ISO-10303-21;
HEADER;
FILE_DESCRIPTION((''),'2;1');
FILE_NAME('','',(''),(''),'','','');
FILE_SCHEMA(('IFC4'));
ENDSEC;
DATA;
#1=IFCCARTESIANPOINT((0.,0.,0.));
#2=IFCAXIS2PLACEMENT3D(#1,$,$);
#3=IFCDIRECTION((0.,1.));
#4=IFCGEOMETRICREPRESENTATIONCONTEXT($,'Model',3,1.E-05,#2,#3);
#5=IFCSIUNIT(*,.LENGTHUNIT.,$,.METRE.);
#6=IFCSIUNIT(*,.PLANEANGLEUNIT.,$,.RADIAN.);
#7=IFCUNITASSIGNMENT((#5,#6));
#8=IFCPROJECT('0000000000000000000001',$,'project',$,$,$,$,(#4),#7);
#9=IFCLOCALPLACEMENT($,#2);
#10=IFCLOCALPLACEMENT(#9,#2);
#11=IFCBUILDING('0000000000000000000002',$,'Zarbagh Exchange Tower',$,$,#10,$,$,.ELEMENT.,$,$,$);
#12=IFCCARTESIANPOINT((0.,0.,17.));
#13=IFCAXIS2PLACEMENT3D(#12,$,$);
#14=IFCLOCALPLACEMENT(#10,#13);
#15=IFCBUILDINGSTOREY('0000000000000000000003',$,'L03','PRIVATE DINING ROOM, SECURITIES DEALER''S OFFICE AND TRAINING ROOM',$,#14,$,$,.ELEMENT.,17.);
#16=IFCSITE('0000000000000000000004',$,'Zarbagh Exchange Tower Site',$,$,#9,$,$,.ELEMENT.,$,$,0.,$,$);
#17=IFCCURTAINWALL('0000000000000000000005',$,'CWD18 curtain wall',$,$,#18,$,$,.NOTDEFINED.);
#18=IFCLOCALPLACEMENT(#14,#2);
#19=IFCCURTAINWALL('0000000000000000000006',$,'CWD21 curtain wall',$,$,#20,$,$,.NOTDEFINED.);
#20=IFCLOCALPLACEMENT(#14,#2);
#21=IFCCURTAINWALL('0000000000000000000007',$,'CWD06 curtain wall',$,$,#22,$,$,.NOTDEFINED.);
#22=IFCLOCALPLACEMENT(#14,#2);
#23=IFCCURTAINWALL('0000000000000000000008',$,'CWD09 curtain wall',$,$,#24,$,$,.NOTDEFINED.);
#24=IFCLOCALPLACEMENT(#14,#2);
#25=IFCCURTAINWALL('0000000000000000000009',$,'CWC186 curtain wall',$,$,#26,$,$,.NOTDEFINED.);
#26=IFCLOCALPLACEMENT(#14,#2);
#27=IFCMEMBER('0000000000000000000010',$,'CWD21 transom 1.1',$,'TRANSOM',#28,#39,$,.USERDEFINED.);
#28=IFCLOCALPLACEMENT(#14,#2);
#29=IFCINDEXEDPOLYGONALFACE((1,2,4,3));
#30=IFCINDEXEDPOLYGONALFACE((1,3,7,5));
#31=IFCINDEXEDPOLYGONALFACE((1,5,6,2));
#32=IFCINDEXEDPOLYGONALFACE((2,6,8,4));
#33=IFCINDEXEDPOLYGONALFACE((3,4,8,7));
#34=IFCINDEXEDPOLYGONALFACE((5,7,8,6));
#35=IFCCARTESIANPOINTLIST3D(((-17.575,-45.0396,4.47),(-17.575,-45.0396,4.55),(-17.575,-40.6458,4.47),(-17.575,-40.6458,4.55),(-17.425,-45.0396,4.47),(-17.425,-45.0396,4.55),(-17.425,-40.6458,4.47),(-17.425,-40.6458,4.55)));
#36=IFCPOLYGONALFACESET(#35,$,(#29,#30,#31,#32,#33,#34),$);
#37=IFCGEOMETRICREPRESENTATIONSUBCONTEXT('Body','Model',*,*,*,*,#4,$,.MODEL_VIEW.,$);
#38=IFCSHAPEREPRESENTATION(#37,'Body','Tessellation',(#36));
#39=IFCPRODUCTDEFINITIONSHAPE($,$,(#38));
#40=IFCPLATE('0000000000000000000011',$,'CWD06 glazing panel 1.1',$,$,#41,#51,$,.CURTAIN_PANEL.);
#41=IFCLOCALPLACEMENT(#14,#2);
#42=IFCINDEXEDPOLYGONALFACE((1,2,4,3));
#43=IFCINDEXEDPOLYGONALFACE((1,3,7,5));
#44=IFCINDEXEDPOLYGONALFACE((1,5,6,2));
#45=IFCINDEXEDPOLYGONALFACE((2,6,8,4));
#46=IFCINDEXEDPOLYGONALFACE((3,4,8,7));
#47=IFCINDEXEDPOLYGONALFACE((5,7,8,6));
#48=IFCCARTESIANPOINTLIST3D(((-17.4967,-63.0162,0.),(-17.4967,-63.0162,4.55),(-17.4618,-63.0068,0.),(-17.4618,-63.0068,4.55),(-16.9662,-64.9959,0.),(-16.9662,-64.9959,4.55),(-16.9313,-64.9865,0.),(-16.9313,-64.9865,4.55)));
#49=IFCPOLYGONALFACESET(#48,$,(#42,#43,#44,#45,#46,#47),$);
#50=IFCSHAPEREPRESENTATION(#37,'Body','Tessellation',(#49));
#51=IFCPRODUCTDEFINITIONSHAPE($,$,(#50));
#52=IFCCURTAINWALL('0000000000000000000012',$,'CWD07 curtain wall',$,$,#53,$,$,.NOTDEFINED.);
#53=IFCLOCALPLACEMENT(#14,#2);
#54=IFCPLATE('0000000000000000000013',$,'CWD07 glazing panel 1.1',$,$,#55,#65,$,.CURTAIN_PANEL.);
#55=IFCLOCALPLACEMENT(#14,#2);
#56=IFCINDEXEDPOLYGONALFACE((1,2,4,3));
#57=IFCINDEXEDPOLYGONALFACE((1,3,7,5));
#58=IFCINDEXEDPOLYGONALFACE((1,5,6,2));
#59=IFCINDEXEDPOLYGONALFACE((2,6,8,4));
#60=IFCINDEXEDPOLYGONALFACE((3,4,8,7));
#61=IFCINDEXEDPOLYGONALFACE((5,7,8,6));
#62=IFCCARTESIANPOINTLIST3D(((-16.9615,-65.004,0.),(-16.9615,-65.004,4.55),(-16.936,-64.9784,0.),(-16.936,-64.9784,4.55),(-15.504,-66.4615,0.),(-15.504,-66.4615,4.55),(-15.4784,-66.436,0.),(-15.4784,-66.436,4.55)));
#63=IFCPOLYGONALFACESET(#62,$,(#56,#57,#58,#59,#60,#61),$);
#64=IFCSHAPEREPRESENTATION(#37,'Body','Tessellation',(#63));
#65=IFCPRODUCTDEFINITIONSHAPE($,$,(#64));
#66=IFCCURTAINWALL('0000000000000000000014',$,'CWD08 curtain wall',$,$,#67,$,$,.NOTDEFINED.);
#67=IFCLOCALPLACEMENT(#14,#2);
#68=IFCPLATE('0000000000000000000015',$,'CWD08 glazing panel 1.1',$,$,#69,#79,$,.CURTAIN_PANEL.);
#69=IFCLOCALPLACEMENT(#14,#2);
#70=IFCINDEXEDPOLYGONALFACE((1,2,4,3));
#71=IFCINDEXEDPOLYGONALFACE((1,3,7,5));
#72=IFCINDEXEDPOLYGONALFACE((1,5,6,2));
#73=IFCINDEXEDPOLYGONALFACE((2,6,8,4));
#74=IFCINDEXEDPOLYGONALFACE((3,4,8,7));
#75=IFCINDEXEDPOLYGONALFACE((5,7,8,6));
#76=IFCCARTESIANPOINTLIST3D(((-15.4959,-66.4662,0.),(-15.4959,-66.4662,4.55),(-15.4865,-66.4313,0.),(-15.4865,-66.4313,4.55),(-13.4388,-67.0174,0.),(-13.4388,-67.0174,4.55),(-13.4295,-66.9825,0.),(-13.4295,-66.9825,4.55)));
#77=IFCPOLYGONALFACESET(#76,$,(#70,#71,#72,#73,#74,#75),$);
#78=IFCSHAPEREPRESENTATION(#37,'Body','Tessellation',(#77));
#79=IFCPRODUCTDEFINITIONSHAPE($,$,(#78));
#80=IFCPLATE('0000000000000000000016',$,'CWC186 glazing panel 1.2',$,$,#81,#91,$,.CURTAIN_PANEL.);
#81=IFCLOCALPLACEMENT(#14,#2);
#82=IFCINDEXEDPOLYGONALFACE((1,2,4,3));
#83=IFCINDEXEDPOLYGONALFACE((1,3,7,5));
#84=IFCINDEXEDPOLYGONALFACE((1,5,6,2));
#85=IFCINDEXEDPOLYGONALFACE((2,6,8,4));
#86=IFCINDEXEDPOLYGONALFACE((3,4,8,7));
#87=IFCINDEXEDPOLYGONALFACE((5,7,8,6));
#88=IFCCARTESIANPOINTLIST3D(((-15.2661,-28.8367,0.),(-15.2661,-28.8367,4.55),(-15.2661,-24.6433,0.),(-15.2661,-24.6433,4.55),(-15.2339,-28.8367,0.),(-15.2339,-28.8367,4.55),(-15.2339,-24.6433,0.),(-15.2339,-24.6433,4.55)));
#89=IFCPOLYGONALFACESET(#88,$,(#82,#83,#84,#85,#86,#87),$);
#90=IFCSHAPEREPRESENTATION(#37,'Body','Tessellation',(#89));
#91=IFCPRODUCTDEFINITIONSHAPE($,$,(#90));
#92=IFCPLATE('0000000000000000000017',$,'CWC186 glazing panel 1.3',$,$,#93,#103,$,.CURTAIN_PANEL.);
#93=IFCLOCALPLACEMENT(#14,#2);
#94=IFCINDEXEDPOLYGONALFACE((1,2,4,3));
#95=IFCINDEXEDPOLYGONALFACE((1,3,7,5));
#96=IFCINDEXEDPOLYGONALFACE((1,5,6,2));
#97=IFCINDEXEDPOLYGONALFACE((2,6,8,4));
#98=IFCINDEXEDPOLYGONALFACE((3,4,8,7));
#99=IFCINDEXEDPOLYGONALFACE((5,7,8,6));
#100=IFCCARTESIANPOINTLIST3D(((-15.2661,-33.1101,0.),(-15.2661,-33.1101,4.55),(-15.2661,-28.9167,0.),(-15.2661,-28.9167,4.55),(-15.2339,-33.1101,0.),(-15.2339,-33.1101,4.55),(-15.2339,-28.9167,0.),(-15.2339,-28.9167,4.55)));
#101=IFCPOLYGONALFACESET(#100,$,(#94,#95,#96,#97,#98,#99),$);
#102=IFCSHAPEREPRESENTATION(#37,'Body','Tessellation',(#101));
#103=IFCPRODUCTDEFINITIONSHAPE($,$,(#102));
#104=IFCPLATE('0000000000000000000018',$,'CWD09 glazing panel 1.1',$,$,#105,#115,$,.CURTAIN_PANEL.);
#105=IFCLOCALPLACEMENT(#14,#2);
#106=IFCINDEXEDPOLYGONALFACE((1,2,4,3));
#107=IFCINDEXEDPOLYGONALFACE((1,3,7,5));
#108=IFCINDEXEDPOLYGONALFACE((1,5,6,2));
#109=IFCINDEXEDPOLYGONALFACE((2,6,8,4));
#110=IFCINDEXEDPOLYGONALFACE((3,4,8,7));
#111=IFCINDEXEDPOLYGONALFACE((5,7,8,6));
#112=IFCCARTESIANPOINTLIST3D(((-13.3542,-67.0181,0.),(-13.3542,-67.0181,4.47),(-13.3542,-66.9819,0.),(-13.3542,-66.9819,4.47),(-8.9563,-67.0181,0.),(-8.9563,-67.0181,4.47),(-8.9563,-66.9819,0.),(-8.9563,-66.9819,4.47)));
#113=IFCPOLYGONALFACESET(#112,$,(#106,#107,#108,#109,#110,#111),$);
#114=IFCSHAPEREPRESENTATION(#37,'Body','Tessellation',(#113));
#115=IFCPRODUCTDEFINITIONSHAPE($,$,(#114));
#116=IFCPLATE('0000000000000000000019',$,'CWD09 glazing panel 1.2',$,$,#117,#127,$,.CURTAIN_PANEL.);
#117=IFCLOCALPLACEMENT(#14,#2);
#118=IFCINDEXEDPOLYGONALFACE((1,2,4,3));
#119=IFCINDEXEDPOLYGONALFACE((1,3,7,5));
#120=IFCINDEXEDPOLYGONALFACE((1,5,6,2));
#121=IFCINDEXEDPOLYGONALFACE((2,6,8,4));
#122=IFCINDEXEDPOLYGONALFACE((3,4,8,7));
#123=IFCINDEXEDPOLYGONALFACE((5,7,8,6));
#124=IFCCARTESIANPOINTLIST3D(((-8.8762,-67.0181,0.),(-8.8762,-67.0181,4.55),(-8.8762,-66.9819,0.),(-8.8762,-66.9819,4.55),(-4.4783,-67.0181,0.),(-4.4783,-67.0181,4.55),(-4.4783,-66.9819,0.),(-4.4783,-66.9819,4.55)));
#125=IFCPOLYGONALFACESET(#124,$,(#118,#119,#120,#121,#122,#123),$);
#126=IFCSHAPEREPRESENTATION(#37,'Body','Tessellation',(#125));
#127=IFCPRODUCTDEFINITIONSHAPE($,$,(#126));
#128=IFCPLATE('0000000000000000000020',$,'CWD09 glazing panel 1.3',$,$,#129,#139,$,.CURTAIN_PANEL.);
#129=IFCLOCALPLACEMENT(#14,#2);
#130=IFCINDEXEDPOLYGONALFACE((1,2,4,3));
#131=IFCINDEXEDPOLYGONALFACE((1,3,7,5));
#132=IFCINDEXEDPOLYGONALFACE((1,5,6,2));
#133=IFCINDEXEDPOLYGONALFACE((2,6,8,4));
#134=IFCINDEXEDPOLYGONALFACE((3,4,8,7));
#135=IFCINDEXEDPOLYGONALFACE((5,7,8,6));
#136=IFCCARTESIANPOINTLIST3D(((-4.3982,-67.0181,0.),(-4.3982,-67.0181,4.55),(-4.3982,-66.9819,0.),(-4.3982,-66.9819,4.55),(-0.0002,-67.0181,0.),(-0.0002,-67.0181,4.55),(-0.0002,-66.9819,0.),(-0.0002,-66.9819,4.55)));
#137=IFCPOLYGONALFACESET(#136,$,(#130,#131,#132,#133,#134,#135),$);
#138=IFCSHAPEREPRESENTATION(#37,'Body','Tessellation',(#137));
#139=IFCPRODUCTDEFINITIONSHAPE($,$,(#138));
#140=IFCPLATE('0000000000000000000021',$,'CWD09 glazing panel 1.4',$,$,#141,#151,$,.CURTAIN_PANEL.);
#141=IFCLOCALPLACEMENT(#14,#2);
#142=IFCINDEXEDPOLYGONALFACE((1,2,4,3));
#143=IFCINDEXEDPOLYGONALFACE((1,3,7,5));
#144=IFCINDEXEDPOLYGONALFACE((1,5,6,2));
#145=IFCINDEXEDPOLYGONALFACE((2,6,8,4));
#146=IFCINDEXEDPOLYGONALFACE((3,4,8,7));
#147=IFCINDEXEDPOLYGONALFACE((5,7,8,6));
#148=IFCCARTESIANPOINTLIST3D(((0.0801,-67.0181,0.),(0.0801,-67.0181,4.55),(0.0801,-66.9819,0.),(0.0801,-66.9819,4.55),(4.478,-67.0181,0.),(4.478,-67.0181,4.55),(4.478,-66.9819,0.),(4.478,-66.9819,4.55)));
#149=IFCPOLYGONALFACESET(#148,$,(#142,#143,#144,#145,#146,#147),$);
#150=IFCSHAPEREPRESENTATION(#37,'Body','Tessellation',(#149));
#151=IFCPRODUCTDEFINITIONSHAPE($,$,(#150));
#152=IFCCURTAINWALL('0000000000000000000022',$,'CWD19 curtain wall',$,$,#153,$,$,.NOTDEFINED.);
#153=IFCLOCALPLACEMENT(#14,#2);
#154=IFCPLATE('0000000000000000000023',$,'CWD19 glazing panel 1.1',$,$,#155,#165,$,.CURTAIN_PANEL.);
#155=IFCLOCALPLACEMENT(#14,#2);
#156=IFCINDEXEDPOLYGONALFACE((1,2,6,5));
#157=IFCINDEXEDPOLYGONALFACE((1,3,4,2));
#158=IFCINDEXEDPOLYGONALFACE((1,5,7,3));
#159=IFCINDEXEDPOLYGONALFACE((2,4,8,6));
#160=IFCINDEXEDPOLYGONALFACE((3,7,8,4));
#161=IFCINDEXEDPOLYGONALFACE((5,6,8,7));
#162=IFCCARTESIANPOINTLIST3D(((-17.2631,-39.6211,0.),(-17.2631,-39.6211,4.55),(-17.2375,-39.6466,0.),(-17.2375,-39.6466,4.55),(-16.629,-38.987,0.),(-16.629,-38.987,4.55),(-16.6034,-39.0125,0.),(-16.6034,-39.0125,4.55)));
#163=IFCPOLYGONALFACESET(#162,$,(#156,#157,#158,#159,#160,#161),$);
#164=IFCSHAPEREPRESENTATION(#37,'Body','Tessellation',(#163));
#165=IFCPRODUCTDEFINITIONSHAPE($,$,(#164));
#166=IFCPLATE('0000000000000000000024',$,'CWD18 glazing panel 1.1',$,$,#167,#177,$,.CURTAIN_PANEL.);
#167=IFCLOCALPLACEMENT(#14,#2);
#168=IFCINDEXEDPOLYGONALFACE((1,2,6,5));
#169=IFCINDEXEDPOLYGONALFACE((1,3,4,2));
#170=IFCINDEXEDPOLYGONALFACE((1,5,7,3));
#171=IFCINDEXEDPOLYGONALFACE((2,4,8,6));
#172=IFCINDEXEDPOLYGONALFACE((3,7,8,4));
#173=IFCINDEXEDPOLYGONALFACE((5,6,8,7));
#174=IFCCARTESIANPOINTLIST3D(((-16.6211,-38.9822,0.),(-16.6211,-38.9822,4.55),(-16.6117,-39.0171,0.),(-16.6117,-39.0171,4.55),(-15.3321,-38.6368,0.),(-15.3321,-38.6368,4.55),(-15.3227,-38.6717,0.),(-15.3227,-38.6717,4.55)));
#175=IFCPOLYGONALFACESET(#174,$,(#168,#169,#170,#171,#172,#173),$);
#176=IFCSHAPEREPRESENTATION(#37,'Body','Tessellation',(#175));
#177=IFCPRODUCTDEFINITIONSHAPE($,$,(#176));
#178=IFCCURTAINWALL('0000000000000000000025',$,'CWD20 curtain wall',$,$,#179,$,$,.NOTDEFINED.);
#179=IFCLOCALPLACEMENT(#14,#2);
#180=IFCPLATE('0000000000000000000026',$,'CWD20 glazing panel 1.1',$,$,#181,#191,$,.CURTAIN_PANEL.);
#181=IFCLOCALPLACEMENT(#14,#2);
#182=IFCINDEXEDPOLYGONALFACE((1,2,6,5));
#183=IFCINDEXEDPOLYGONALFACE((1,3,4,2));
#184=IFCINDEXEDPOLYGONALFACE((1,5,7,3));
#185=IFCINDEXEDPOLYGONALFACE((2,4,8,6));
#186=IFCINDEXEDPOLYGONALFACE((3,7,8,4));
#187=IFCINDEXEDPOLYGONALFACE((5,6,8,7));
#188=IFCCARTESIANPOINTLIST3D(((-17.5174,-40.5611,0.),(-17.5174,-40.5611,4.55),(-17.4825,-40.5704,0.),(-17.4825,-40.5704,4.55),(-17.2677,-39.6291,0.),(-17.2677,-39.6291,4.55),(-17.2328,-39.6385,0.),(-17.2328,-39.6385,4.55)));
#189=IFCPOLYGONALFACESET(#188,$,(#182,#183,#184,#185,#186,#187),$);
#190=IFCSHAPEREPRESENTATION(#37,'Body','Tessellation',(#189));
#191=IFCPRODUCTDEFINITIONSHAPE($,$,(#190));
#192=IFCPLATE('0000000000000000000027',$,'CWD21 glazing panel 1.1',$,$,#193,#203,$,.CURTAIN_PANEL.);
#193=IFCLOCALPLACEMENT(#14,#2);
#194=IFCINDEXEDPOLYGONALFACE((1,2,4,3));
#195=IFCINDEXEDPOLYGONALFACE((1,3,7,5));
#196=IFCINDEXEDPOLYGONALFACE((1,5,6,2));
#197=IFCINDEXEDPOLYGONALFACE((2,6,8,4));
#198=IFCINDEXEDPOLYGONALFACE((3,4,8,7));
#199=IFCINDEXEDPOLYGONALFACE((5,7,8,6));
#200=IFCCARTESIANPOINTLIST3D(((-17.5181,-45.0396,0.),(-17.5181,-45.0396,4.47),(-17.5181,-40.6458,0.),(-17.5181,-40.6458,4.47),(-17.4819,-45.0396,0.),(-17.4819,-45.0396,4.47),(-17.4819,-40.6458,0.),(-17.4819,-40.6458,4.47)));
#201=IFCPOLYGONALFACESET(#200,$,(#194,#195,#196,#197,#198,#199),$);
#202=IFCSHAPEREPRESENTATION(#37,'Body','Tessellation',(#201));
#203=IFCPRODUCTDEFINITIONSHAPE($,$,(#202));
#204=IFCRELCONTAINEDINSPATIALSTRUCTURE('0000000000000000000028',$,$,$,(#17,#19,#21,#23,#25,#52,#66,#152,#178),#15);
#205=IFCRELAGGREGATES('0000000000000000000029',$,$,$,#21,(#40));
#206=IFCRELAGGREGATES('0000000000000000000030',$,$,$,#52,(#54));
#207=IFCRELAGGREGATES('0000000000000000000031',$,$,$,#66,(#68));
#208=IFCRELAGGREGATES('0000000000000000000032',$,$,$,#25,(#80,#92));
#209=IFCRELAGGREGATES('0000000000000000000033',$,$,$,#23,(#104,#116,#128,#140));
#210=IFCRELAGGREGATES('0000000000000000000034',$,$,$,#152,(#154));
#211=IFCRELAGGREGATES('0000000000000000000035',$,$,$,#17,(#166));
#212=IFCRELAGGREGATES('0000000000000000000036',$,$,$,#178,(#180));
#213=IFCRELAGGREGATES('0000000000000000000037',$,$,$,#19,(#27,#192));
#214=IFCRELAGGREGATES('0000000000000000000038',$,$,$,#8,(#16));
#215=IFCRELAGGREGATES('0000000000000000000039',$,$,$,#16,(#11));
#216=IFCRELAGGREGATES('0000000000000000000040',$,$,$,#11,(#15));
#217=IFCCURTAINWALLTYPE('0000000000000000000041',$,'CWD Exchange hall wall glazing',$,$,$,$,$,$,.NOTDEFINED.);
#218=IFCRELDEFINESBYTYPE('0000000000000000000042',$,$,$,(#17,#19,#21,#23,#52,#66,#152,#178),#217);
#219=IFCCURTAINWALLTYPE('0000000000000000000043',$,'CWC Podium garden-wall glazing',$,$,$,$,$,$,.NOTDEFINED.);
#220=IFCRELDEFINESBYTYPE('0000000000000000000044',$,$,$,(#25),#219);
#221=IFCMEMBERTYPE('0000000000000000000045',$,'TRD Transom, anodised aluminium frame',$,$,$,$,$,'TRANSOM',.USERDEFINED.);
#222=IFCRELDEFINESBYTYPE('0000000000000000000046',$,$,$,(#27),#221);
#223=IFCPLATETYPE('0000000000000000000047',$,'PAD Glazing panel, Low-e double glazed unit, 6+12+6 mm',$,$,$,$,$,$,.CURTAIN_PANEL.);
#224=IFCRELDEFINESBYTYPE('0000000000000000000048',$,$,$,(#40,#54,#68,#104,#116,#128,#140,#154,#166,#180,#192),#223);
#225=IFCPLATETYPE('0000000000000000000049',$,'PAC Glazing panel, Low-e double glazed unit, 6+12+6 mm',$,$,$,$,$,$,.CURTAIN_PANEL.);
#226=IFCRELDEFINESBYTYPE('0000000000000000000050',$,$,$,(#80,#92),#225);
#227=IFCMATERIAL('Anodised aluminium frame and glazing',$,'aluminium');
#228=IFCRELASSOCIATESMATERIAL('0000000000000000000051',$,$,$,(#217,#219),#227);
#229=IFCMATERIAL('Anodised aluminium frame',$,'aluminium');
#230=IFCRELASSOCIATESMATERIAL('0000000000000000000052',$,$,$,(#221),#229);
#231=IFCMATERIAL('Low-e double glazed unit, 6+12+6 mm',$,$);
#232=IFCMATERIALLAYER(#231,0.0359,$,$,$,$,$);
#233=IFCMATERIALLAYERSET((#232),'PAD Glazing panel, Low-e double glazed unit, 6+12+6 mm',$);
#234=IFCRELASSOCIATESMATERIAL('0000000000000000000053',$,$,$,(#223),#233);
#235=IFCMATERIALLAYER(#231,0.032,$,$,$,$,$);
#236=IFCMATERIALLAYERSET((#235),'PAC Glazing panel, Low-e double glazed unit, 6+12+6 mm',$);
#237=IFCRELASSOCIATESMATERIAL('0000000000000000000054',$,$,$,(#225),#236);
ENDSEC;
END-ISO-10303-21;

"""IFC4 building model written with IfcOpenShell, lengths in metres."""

from ifc_helpers import new_model, si_unit, direction, frame, origin, place, context, subcontext, project, spatial, polyline, outline, extrude, source, transform, mapped, material, layer, layer_set, type_object, element, aggregate, save


model = new_model("IFC4")

# Units and contexts
model_context = context("Model", 3, precision=1e-05, world=origin(), true_north=direction((0.0, 1.0)))
body_context = subcontext(model_context, "Body", "Model", "MODEL_VIEW")
ifc_project = project(units=[si_unit("LENGTHUNIT", "METRE"), si_unit("PLANEANGLEUNIT", "RADIAN")], contexts=[model_context])

# Site, building, storey
site_placement = place(None, origin())
site = spatial("IfcSite", under=ifc_project, at=site_placement, Name="Zarbagh Exchange Tower Site", CompositionType="ELEMENT", RefElevation=0.0)
building_placement = place(site_placement, origin())
building = spatial("IfcBuilding", under=site, at=building_placement, Name="Zarbagh Exchange Tower", CompositionType="ELEMENT")
storey_placement = place(building_placement, frame((0.0, 0.0, 17.0)))
storey = spatial("IfcBuildingStorey", under=building, at=storey_placement, Name="L03", Description="PRIVATE DINING ROOM, SECURITIES DEALER'S OFFICE AND TRAINING ROOM", CompositionType="ELEMENT", Elevation=17.0)

# Curtain wall
ifc_material_1 = material(Name="Anodised aluminium frame and glazing", Category="aluminium")
curtain_wall_type_1 = type_object("IfcCurtainWallType", Name="CWD Exchange hall wall glazing", PredefinedType="NOTDEFINED", material=ifc_material_1)
curtain_wall_1_placement = place(storey_placement, origin())
curtain_wall_1 = element("IfcCurtainWall", 1, at=curtain_wall_1_placement, inside=storey, type_object=curtain_wall_type_1, Name="CWD18 curtain wall", PredefinedType="NOTDEFINED")
ifc_material_2 = material(Name="Anodised aluminium frame", Category="aluminium")
placement = place(storey_placement, origin())

# Curtain wall
curtain_wall_2_placement = place(storey_placement, origin())
curtain_wall_2 = element("IfcCurtainWall", 2, at=curtain_wall_2_placement, inside=storey, type_object=curtain_wall_type_1, Name="CWD21 curtain wall", PredefinedType="NOTDEFINED")

# Curtain wall
curtain_wall_3_placement = place(storey_placement, origin())
curtain_wall_3 = element("IfcCurtainWall", 3, at=curtain_wall_3_placement, inside=storey, type_object=curtain_wall_type_1, Name="CWD06 curtain wall", PredefinedType="NOTDEFINED")

# Curtain walls
curtain_wall_4_placement = place(storey_placement, origin())
curtain_wall_4 = element("IfcCurtainWall", 4, at=curtain_wall_4_placement, inside=storey, type_object=curtain_wall_type_1, Name="CWD09 curtain wall", PredefinedType="NOTDEFINED")
curtain_wall_type_2 = type_object("IfcCurtainWallType", Name="CWC Podium garden-wall glazing", PredefinedType="NOTDEFINED", material=ifc_material_1)
curtain_wall_5_placement = place(storey_placement, origin())
curtain_wall_5 = element("IfcCurtainWall", 5, at=curtain_wall_5_placement, inside=storey, type_object=curtain_wall_type_2, Name="CWC186 curtain wall", PredefinedType="NOTDEFINED")

# Member
member_type_1 = type_object("IfcMemberType", Name="TRD Transom, anodised aluminium frame", ElementType="TRANSOM", PredefinedType="USERDEFINED", material=ifc_material_2)
shared_shape_1 = source(origin(), body_context, "Body", "SweptSolid", [
    extrude(outline(polyline([(-0.0801, -0.075), (0.0, -0.075), (0.0, 0.075), (-0.0801, 0.075), (-0.0801, -0.075)])), origin(), (0.0, 0.0, 1.0), 4.3938),
])
member_1 = element("IfcMember", 6, at=placement, type_object=member_type_1, Name="CWD21 transom 1.1", ObjectType="TRANSOM", PredefinedType="USERDEFINED", context=body_context, shape_type="MappedRepresentation", body=[
    mapped(shared_shape_1, transform((-17.5, -40.6458, 4.55), x_axis=(0.0, 0.0, 1.0), y_axis=(-1.0, 0.0, 0.0), z_axis=(0.0, -1.0, 0.0))),
])

# Plate
ifc_material_3 = material(Name="Low-e double glazed unit, 6+12+6 mm")
ifc_layer_1 = layer(ifc_material_3, 0.0359)
ifc_layer_set_1 = layer_set([ifc_layer_1], Name="PAD Glazing panel, Low-e double glazed unit, 6+12+6 mm")
plate_type_1 = type_object("IfcPlateType", Name="PAD Glazing panel, Low-e double glazed unit, 6+12+6 mm", PredefinedType="CURTAIN_PANEL", material=ifc_layer_set_1)
shared_shape_2 = source(origin(), body_context, "Body", "SweptSolid", [
    extrude(outline(polyline([(0.0, -0.0181), (2.0496, -0.0181), (2.0496, 0.0181), (0.0, 0.0181), (0.0, -0.0181)])), origin(), (0.0, 0.0, 1.0), 4.55),
])
plate_1 = element("IfcPlate", 7, at=placement, type_object=plate_type_1, Name="CWD06 glazing panel 1.1", PredefinedType="CURTAIN_PANEL", context=body_context, shape_type="MappedRepresentation", body=[
    mapped(shared_shape_2, transform((-17.4792, -63.0115, 0.0), x_axis=(0.258825, -0.965924, 0.0), y_axis=(0.965924, 0.258825, 0.0), z_axis=(0.0, 0.0, 1.0))),
])
aggregate(curtain_wall_3, [plate_1])

# Curtain walls, plates
curtain_wall_6_placement = place(storey_placement, origin())
curtain_wall_6 = element("IfcCurtainWall", 8, at=curtain_wall_6_placement, inside=storey, type_object=curtain_wall_type_1, Name="CWD07 curtain wall", PredefinedType="NOTDEFINED")
shared_shape_3 = source(origin(), body_context, "Body", "SweptSolid", [
    extrude(outline(polyline([(0.0, -0.0181), (2.0613, -0.0181), (2.0613, 0.0181), (0.0, 0.0181), (0.0, -0.0181)])), origin(), (0.0, 0.0, 1.0), 4.55),
])
plate_2 = element("IfcPlate", 9, at=placement, type_object=plate_type_1, Name="CWD07 glazing panel 1.1", PredefinedType="CURTAIN_PANEL", context=body_context, shape_type="MappedRepresentation", body=[
    mapped(shared_shape_3, transform((-16.9487, -64.9912, 0.0), x_axis=(0.707107, -0.707107, 0.0), y_axis=(0.707107, 0.707107, 0.0), z_axis=(0.0, 0.0, 1.0))),
])
aggregate(curtain_wall_6, [plate_2])
curtain_wall_7_placement = place(storey_placement, origin())
curtain_wall_7 = element("IfcCurtainWall", 10, at=curtain_wall_7_placement, inside=storey, type_object=curtain_wall_type_1, Name="CWD08 curtain wall", PredefinedType="NOTDEFINED")
shared_shape_4 = source(origin(), body_context, "Body", "SweptSolid", [
    extrude(outline(polyline([(0.0, -0.0181), (2.1296, -0.0181), (2.1296, 0.0181), (0.0, 0.0181), (0.0, -0.0181)])), origin(), (0.0, 0.0, 1.0), 4.55),
])
plate_3 = element("IfcPlate", 11, at=placement, type_object=plate_type_1, Name="CWD08 glazing panel 1.1", PredefinedType="CURTAIN_PANEL", context=body_context, shape_type="MappedRepresentation", body=[
    mapped(shared_shape_4, transform((-15.4912, -66.4487, 0.0), x_axis=(0.965924, -0.258825, 0.0), y_axis=(0.258825, 0.965924, 0.0), z_axis=(0.0, 0.0, 1.0))),
])
aggregate(curtain_wall_7, [plate_3])

# Plates
ifc_layer_2 = layer(ifc_material_3, 0.032)
ifc_layer_set_2 = layer_set([ifc_layer_2], Name="PAC Glazing panel, Low-e double glazed unit, 6+12+6 mm")
plate_type_2 = type_object("IfcPlateType", Name="PAC Glazing panel, Low-e double glazed unit, 6+12+6 mm", PredefinedType="CURTAIN_PANEL", material=ifc_layer_set_2)
shared_shape_5 = source(origin(), body_context, "Body", "SweptSolid", [
    extrude(outline(polyline([(0.0, -0.0161), (4.1934, -0.0161), (4.1934, 0.0161), (0.0, 0.0161), (0.0, -0.0161)])), origin(), (0.0, 0.0, 1.0), 4.55),
])
plate_4 = element("IfcPlate", 12, at=placement, type_object=plate_type_2, Name="CWC186 glazing panel 1.2", PredefinedType="CURTAIN_PANEL", context=body_context, shape_type="MappedRepresentation", body=[
    mapped(shared_shape_5, transform((-15.25, -24.6433, 0.0), x_axis=(0.0, -1.0, 0.0), y_axis=(1.0, 0.0, 0.0), z_axis=(0.0, 0.0, 1.0))),
])
plate_5 = element("IfcPlate", 13, at=placement, type_object=plate_type_2, Name="CWC186 glazing panel 1.3", PredefinedType="CURTAIN_PANEL", context=body_context, shape_type="MappedRepresentation", body=[
    mapped(shared_shape_5, transform((-15.25, -28.9167, 0.0), x_axis=(0.0, -1.0, 0.0), y_axis=(1.0, 0.0, 0.0), z_axis=(0.0, 0.0, 1.0))),
])
aggregate(curtain_wall_5, [plate_4, plate_5])
shared_shape_6 = source(origin(), body_context, "Body", "SweptSolid", [
    extrude(outline(polyline([(0.0, -0.0181), (4.3979, -0.0181), (4.3979, 0.0181), (0.0, 0.0181), (0.0, -0.0181)])), origin(), (0.0, 0.0, 1.0), 4.47),
])
plate_6 = element("IfcPlate", 14, at=placement, type_object=plate_type_1, Name="CWD09 glazing panel 1.1", PredefinedType="CURTAIN_PANEL", context=body_context, shape_type="MappedRepresentation", body=[
    mapped(shared_shape_6, transform((-13.3542, -67.0, 0.0), x_axis=(1.0, 0.0, 0.0), y_axis=(0.0, 1.0, 0.0), z_axis=(0.0, 0.0, 1.0))),
])
shared_shape_7 = source(origin(), body_context, "Body", "SweptSolid", [
    extrude(outline(polyline([(0.0, -0.0181), (4.3979, -0.0181), (4.3979, 0.0181), (0.0, 0.0181), (0.0, -0.0181)])), origin(), (0.0, 0.0, 1.0), 4.55),
])
plate_7 = element("IfcPlate", 15, at=placement, type_object=plate_type_1, Name="CWD09 glazing panel 1.2", PredefinedType="CURTAIN_PANEL", context=body_context, shape_type="MappedRepresentation", body=[
    mapped(shared_shape_7, transform((-8.8762, -67.0, 0.0), x_axis=(1.0, 0.0, 0.0), y_axis=(0.0, 1.0, 0.0), z_axis=(0.0, 0.0, 1.0))),
])
plate_8 = element("IfcPlate", 16, at=placement, type_object=plate_type_1, Name="CWD09 glazing panel 1.3", PredefinedType="CURTAIN_PANEL", context=body_context, shape_type="MappedRepresentation", body=[
    mapped(shared_shape_7, transform((-4.3982, -67.0, 0.0), x_axis=(1.0, 0.0, 0.0), y_axis=(0.0, 1.0, 0.0), z_axis=(0.0, 0.0, 1.0))),
])
plate_9 = element("IfcPlate", 17, at=placement, type_object=plate_type_1, Name="CWD09 glazing panel 1.4", PredefinedType="CURTAIN_PANEL", context=body_context, shape_type="MappedRepresentation", body=[
    mapped(shared_shape_7, transform((0.0801, -67.0, 0.0), x_axis=(1.0, 0.0, 0.0), y_axis=(0.0, 1.0, 0.0), z_axis=(0.0, 0.0, 1.0))),
])
aggregate(curtain_wall_4, [plate_6, plate_7, plate_8, plate_9])

# Curtain wall, plate
curtain_wall_8_placement = place(storey_placement, origin())
curtain_wall_8 = element("IfcCurtainWall", 18, at=curtain_wall_8_placement, inside=storey, type_object=curtain_wall_type_1, Name="CWD19 curtain wall", PredefinedType="NOTDEFINED")
shared_shape_8 = source(origin(), body_context, "Body", "SweptSolid", [
    extrude(outline(polyline([(0.0, -0.0181), (0.8967, -0.0181), (0.8967, 0.0181), (0.0, 0.0181), (0.0, -0.0181)])), origin(), (0.0, 0.0, 1.0), 4.55),
])
plate_10 = element("IfcPlate", 19, at=placement, type_object=plate_type_1, Name="CWD19 glazing panel 1.1", PredefinedType="CURTAIN_PANEL", context=body_context, shape_type="MappedRepresentation", body=[
    mapped(shared_shape_8, transform((-16.6162, -38.9998, 0.0), x_axis=(-0.707107, -0.707107, 0.0), y_axis=(0.707107, -0.707107, 0.0), z_axis=(0.0, 0.0, 1.0))),
])
aggregate(curtain_wall_8, [plate_10])

# Plate
shared_shape_9 = source(origin(), body_context, "Body", "SweptSolid", [
    extrude(outline(polyline([(0.0, -0.0181), (1.3345, -0.0181), (1.3345, 0.0181), (0.0, 0.0181), (0.0, -0.0181)])), origin(), (0.0, 0.0, 1.0), 4.55),
])
plate_11 = element("IfcPlate", 20, at=placement, type_object=plate_type_1, Name="CWD18 glazing panel 1.1", PredefinedType="CURTAIN_PANEL", context=body_context, shape_type="MappedRepresentation", body=[
    mapped(shared_shape_9, transform((-15.3274, -38.6543, 0.0), x_axis=(-0.965935, -0.258785, 0.0), y_axis=(0.258785, -0.965935, 0.0), z_axis=(0.0, 0.0, 1.0))),
])
aggregate(curtain_wall_1, [plate_11])

# Curtain wall, plate
curtain_wall_9_placement = place(storey_placement, origin())
curtain_wall_9 = element("IfcCurtainWall", 21, at=curtain_wall_9_placement, inside=storey, type_object=curtain_wall_type_1, Name="CWD20 curtain wall", PredefinedType="NOTDEFINED")
shared_shape_10 = source(origin(), body_context, "Body", "SweptSolid", [
    extrude(outline(polyline([(0.0, -0.0181), (0.9648, -0.0181), (0.9648, 0.0181), (0.0, 0.0181), (0.0, -0.0181)])), origin(), (0.0, 0.0, 1.0), 4.55),
])
plate_12 = element("IfcPlate", 22, at=placement, type_object=plate_type_1, Name="CWD20 glazing panel 1.1", PredefinedType="CURTAIN_PANEL", context=body_context, shape_type="MappedRepresentation", body=[
    mapped(shared_shape_10, transform((-17.2502, -39.6338, 0.0), x_axis=(-0.258785, -0.965935, 0.0), y_axis=(0.965935, -0.258785, 0.0), z_axis=(0.0, 0.0, 1.0))),
])
aggregate(curtain_wall_9, [plate_12])

# Plate
shared_shape_11 = source(origin(), body_context, "Body", "SweptSolid", [
    extrude(outline(polyline([(0.0, -0.0181), (4.3938, -0.0181), (4.3938, 0.0181), (0.0, 0.0181), (0.0, -0.0181)])), origin(), (0.0, 0.0, 1.0), 4.47),
])
plate_13 = element("IfcPlate", 23, at=placement, type_object=plate_type_1, Name="CWD21 glazing panel 1.1", PredefinedType="CURTAIN_PANEL", context=body_context, shape_type="MappedRepresentation", body=[
    mapped(shared_shape_11, transform((-17.5, -40.6458, 0.0), x_axis=(0.0, -1.0, 0.0), y_axis=(1.0, 0.0, 0.0), z_axis=(0.0, 0.0, 1.0))),
])
aggregate(curtain_wall_2, [member_1, plate_13])

save(model, "model.ifc")
